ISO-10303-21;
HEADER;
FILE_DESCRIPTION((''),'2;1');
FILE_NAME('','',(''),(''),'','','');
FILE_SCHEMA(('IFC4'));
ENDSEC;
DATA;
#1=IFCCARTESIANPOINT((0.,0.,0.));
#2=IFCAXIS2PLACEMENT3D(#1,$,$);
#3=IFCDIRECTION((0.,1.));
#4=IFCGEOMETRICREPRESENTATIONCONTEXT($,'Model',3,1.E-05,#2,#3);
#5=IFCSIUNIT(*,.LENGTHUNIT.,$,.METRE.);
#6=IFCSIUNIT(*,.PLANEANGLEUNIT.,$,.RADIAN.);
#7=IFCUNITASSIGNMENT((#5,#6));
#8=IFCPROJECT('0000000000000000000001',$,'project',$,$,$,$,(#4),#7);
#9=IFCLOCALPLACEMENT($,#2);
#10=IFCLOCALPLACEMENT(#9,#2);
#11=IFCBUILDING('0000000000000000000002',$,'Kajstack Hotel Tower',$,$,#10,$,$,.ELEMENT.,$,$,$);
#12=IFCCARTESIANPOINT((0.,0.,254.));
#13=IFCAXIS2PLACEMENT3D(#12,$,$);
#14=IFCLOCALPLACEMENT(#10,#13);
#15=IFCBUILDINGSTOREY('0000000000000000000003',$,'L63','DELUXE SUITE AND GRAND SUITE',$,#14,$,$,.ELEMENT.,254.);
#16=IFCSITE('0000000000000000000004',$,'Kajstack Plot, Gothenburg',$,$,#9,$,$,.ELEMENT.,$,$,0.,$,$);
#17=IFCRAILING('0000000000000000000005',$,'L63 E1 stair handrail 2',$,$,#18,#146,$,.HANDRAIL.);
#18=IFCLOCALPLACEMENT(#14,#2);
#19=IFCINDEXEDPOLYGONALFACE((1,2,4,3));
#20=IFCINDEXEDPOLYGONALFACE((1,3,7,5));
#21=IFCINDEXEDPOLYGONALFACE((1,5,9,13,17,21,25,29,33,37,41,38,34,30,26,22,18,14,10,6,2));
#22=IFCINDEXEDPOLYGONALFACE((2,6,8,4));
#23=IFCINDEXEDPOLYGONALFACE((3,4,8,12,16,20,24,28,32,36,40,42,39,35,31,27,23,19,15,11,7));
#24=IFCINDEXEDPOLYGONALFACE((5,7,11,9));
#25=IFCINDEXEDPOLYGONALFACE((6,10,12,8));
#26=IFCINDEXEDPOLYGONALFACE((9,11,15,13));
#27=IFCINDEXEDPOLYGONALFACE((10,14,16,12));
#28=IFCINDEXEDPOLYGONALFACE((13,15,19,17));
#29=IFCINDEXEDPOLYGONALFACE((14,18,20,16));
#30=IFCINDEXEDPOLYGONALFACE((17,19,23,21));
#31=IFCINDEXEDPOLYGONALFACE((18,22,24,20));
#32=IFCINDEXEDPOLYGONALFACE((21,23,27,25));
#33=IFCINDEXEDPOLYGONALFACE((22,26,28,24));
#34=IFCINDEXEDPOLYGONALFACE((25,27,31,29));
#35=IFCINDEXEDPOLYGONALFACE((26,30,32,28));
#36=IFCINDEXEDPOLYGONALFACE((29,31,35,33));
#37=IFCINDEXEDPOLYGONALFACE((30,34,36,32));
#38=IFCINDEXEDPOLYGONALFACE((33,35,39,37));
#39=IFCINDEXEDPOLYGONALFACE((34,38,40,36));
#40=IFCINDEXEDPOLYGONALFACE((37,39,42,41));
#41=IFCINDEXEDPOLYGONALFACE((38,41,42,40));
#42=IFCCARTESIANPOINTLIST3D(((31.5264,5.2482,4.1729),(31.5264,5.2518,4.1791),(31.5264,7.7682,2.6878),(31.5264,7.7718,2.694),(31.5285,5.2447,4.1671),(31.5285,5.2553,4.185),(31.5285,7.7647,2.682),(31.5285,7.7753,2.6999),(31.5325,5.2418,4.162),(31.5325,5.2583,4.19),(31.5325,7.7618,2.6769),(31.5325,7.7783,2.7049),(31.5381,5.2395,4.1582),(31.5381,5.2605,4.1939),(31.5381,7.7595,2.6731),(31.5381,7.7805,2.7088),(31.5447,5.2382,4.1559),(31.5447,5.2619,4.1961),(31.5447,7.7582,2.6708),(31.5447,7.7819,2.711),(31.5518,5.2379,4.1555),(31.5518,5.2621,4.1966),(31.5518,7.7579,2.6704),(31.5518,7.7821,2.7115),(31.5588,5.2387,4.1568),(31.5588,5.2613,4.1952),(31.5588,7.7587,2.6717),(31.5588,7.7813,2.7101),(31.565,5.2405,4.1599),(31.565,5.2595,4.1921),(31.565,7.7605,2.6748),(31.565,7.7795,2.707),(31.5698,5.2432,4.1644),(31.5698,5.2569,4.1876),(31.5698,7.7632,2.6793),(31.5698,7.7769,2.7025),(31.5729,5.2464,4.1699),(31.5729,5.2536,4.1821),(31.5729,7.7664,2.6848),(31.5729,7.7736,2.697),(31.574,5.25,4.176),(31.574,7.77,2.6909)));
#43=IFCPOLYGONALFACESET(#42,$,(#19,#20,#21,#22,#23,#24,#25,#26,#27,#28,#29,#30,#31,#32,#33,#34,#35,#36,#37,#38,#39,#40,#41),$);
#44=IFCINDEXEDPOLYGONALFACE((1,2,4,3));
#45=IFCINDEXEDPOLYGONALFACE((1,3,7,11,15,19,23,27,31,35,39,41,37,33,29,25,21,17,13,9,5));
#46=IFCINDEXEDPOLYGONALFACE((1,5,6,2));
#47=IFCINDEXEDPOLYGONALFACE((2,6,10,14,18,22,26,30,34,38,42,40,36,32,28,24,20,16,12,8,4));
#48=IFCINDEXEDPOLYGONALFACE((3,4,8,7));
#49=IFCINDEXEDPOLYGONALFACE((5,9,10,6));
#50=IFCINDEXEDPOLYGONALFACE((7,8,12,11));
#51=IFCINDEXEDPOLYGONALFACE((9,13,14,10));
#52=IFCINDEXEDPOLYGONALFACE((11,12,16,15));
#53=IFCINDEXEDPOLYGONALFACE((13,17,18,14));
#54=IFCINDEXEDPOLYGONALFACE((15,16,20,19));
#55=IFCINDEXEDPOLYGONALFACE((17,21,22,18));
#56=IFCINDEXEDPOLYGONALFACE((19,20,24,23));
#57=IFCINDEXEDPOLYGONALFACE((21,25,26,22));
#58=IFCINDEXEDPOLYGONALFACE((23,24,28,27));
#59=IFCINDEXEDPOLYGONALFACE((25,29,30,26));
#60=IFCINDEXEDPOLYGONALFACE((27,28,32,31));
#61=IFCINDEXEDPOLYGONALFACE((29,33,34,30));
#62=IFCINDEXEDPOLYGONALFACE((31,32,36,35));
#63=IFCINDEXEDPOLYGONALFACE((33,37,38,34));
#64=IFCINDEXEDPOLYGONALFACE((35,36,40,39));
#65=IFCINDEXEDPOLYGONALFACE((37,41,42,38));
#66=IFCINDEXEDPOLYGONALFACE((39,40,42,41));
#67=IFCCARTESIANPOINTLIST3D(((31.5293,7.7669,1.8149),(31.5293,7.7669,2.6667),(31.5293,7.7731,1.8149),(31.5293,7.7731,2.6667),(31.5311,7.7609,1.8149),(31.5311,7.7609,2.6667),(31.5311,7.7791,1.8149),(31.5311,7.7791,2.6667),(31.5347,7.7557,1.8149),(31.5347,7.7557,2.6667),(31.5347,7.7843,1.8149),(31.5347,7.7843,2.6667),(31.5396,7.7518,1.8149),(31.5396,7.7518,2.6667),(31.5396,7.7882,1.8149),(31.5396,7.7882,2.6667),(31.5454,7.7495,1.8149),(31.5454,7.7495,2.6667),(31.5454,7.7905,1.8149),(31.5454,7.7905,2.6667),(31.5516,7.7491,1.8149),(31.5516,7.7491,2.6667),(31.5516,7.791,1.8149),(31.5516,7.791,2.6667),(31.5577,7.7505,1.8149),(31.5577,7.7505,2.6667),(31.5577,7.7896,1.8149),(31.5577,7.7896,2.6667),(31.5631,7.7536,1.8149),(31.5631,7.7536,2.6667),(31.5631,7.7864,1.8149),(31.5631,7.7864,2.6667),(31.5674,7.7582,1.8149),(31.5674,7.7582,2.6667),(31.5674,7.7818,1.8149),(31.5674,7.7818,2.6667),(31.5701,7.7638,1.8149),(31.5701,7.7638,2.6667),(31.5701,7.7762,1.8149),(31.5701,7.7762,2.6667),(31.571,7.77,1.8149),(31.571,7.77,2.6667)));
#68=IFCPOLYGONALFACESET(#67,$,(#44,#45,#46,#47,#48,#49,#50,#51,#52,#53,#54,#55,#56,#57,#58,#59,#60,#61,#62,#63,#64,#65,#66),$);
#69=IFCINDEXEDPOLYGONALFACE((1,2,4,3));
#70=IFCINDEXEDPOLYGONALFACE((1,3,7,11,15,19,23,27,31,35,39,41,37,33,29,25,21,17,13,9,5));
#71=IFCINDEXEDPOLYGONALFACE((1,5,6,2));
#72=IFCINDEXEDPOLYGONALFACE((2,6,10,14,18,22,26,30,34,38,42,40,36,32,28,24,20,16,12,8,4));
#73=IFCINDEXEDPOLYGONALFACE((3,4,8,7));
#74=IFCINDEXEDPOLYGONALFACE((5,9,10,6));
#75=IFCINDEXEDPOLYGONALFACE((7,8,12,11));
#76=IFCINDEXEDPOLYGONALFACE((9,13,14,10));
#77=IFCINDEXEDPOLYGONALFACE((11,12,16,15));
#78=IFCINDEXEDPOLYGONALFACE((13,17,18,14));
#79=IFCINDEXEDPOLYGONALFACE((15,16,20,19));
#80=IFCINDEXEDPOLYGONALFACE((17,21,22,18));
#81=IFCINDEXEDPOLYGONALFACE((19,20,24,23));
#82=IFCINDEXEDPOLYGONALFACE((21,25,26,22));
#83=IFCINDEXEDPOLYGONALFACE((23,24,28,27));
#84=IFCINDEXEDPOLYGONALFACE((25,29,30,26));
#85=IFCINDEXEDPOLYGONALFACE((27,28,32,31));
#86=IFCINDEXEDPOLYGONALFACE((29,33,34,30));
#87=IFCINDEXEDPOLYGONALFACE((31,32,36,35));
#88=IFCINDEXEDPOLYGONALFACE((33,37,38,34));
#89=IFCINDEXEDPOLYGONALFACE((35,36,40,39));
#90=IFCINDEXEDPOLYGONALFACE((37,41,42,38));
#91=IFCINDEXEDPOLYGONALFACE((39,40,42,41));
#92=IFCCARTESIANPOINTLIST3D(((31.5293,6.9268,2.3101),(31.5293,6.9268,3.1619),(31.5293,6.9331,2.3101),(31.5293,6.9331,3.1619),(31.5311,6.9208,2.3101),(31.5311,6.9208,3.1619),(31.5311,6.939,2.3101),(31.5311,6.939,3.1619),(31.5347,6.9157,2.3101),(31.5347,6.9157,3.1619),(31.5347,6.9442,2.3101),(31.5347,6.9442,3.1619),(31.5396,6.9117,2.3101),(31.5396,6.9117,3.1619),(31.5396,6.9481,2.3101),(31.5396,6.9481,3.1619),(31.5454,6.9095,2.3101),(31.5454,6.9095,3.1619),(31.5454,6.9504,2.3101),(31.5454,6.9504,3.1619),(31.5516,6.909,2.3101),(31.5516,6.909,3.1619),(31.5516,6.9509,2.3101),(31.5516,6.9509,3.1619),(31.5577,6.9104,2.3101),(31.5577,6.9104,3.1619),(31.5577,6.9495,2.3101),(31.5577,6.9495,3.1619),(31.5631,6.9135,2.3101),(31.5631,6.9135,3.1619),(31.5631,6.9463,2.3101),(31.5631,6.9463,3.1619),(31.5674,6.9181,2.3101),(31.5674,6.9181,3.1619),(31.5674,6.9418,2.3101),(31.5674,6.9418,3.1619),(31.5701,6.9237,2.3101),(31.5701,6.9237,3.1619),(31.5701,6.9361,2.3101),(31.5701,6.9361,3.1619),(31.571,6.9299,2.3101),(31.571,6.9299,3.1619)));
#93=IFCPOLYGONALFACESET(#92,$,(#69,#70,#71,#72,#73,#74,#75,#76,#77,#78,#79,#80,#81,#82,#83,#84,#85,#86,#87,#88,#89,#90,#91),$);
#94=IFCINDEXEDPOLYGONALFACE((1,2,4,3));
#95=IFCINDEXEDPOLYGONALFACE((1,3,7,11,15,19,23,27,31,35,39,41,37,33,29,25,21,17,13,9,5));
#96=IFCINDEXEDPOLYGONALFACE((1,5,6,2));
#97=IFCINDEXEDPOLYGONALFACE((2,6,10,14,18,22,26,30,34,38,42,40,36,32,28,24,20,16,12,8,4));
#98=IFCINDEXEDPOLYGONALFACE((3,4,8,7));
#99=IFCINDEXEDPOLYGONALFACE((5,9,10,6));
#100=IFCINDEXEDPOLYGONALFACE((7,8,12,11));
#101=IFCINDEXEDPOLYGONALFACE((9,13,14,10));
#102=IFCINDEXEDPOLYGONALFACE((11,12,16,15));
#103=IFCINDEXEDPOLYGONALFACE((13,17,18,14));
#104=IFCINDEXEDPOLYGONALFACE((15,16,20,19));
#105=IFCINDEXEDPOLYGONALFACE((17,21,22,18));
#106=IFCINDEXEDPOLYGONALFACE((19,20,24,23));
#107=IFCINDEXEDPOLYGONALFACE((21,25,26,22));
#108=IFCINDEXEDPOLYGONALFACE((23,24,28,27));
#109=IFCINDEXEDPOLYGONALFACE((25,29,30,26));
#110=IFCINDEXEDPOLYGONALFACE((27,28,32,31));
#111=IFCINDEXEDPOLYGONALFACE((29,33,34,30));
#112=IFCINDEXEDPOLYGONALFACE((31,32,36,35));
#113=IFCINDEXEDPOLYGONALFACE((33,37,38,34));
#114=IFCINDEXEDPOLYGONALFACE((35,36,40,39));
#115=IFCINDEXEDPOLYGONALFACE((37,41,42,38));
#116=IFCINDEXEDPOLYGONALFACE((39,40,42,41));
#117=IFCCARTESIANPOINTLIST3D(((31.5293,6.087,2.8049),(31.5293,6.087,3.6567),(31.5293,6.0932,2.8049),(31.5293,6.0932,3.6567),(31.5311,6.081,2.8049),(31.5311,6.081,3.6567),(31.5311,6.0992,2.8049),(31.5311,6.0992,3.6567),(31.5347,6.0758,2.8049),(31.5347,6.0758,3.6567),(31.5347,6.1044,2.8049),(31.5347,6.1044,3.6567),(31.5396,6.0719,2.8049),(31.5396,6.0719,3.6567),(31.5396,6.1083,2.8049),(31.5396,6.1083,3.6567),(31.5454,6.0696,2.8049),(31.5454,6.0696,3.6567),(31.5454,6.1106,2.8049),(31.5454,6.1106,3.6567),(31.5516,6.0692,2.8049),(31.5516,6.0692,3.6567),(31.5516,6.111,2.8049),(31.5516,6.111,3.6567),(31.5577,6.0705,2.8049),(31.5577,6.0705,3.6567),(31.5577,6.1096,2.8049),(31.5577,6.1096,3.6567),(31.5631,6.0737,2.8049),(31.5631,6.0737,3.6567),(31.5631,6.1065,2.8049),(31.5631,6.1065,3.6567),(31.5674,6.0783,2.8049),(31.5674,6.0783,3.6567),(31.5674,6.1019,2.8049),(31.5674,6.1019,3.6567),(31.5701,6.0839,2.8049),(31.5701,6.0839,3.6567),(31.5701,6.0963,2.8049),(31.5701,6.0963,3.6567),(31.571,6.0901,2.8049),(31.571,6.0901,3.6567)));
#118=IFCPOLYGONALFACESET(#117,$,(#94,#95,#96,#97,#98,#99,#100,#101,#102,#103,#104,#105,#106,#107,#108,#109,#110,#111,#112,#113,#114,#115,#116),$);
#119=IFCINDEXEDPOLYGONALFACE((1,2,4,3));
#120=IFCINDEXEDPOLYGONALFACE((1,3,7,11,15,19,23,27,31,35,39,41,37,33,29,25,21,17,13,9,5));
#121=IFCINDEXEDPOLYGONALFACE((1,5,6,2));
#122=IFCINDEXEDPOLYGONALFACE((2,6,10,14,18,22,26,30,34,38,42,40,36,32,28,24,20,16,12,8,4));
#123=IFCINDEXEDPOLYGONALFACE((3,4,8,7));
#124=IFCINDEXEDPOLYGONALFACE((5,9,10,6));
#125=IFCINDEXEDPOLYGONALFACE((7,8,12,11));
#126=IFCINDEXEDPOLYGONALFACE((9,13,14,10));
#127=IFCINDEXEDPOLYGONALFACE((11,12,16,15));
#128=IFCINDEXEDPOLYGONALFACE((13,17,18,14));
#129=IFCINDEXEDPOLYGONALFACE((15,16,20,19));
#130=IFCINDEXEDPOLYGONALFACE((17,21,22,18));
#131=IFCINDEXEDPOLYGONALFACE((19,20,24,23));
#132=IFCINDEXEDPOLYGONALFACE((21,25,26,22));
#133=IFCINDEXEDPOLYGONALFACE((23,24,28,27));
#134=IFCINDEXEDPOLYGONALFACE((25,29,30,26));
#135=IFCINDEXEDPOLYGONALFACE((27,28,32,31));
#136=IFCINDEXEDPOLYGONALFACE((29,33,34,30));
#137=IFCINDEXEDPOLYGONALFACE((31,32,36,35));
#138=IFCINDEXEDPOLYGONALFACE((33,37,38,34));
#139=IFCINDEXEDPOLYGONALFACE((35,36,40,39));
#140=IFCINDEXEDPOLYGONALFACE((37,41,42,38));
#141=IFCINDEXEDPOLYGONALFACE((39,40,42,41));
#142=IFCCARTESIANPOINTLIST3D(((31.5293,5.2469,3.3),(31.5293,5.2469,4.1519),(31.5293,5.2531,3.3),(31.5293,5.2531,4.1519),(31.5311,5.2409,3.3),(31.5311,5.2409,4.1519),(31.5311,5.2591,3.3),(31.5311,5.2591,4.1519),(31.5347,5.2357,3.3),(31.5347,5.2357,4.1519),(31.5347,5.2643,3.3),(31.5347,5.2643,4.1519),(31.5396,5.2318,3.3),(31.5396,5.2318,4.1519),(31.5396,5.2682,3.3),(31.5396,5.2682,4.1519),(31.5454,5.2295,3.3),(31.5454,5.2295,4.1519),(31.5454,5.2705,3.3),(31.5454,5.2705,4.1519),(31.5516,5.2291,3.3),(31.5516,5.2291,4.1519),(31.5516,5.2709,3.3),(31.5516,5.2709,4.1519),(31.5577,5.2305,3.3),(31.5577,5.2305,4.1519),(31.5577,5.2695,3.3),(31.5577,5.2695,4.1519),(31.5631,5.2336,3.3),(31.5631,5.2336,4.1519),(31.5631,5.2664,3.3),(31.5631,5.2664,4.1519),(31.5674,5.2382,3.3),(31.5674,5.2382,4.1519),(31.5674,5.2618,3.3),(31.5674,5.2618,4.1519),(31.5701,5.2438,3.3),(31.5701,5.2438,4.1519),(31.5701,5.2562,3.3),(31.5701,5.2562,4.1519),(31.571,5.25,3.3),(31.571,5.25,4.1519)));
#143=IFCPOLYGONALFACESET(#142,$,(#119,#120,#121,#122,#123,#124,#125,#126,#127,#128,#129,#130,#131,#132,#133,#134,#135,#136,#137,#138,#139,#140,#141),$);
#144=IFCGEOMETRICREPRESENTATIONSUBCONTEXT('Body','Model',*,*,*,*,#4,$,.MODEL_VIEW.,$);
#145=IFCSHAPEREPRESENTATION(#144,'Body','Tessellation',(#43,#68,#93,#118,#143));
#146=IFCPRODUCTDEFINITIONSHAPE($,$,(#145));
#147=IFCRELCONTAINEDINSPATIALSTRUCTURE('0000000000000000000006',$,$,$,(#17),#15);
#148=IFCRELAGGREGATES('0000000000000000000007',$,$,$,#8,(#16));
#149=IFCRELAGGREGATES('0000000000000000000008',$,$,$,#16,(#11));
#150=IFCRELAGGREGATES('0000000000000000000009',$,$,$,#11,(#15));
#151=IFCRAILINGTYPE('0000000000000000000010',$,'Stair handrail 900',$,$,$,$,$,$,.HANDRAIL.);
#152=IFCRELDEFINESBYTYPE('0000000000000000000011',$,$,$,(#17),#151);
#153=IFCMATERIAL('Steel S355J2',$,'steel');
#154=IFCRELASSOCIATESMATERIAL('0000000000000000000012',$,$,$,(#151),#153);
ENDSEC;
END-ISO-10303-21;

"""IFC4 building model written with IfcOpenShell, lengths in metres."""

from ifc_helpers import new_model, si_unit, direction, frame, origin, origin_2d, place, context, subcontext, project, spatial, circle, extrude, material, type_object, element, save


model = new_model("IFC4")

# Units and contexts
model_context = context("Model", 3, precision=1e-05, world=origin(), true_north=direction((0.0, 1.0)))
body_context = subcontext(model_context, "Body", "Model", "MODEL_VIEW")
ifc_project = project(units=[si_unit("LENGTHUNIT", "METRE"), si_unit("PLANEANGLEUNIT", "RADIAN")], contexts=[model_context])

# Site, building, storey
site_placement = place(None, origin())
site = spatial("IfcSite", under=ifc_project, at=site_placement, Name="Kajstack Plot, Gothenburg", CompositionType="ELEMENT", RefElevation=0.0)
building_placement = place(site_placement, origin())
building = spatial("IfcBuilding", under=site, at=building_placement, Name="Kajstack Hotel Tower", CompositionType="ELEMENT")
storey_placement = place(building_placement, frame((0.0, 0.0, 254.0)))
storey = spatial("IfcBuildingStorey", under=building, at=storey_placement, Name="L63", Description="DELUXE SUITE AND GRAND SUITE", CompositionType="ELEMENT", Elevation=254.0)

# Railing
ifc_material_1 = material(Name="Steel S355J2", Category="steel")
railing_type_1 = type_object("IfcRailingType", Name="Stair handrail 900", PredefinedType="HANDRAIL", material=ifc_material_1)
railing_1_placement = place(storey_placement, frame((31.55, 7.77, 1.8149)))
element("IfcRailing", 1, at=railing_1_placement, inside=storey, type_object=railing_type_1, Name="L63 E1 stair handrail 2", PredefinedType="HANDRAIL", context=body_context, shape_type="SweptSolid", body=[
    extrude(circle(Radius=0.0239, at=origin_2d()), frame((0.0, 0.0, 0.876), z_axis=(0.0, -0.861524, 0.507717), x_axis=(1.0, 0.0, 0.0)), (0.0, 0.0, 1.0), 2.925),
    extrude(circle(Radius=0.021, at=origin_2d()), origin(), (0.0, 0.0, 1.0), 0.8518),
    extrude(circle(Radius=0.021, at=origin_2d()), frame((0.0, -0.8401, 0.4951)), (0.0, 0.0, 1.0), 0.8518),
    extrude(circle(Radius=0.021, at=origin_2d()), frame((0.0, -1.6799, 0.99)), (0.0, 0.0, 1.0), 0.8518),
    extrude(circle(Radius=0.021, at=origin_2d()), frame((0.0, -2.52, 1.4851)), (0.0, 0.0, 1.0), 0.8518),
])

save(model, "model.ifc")
